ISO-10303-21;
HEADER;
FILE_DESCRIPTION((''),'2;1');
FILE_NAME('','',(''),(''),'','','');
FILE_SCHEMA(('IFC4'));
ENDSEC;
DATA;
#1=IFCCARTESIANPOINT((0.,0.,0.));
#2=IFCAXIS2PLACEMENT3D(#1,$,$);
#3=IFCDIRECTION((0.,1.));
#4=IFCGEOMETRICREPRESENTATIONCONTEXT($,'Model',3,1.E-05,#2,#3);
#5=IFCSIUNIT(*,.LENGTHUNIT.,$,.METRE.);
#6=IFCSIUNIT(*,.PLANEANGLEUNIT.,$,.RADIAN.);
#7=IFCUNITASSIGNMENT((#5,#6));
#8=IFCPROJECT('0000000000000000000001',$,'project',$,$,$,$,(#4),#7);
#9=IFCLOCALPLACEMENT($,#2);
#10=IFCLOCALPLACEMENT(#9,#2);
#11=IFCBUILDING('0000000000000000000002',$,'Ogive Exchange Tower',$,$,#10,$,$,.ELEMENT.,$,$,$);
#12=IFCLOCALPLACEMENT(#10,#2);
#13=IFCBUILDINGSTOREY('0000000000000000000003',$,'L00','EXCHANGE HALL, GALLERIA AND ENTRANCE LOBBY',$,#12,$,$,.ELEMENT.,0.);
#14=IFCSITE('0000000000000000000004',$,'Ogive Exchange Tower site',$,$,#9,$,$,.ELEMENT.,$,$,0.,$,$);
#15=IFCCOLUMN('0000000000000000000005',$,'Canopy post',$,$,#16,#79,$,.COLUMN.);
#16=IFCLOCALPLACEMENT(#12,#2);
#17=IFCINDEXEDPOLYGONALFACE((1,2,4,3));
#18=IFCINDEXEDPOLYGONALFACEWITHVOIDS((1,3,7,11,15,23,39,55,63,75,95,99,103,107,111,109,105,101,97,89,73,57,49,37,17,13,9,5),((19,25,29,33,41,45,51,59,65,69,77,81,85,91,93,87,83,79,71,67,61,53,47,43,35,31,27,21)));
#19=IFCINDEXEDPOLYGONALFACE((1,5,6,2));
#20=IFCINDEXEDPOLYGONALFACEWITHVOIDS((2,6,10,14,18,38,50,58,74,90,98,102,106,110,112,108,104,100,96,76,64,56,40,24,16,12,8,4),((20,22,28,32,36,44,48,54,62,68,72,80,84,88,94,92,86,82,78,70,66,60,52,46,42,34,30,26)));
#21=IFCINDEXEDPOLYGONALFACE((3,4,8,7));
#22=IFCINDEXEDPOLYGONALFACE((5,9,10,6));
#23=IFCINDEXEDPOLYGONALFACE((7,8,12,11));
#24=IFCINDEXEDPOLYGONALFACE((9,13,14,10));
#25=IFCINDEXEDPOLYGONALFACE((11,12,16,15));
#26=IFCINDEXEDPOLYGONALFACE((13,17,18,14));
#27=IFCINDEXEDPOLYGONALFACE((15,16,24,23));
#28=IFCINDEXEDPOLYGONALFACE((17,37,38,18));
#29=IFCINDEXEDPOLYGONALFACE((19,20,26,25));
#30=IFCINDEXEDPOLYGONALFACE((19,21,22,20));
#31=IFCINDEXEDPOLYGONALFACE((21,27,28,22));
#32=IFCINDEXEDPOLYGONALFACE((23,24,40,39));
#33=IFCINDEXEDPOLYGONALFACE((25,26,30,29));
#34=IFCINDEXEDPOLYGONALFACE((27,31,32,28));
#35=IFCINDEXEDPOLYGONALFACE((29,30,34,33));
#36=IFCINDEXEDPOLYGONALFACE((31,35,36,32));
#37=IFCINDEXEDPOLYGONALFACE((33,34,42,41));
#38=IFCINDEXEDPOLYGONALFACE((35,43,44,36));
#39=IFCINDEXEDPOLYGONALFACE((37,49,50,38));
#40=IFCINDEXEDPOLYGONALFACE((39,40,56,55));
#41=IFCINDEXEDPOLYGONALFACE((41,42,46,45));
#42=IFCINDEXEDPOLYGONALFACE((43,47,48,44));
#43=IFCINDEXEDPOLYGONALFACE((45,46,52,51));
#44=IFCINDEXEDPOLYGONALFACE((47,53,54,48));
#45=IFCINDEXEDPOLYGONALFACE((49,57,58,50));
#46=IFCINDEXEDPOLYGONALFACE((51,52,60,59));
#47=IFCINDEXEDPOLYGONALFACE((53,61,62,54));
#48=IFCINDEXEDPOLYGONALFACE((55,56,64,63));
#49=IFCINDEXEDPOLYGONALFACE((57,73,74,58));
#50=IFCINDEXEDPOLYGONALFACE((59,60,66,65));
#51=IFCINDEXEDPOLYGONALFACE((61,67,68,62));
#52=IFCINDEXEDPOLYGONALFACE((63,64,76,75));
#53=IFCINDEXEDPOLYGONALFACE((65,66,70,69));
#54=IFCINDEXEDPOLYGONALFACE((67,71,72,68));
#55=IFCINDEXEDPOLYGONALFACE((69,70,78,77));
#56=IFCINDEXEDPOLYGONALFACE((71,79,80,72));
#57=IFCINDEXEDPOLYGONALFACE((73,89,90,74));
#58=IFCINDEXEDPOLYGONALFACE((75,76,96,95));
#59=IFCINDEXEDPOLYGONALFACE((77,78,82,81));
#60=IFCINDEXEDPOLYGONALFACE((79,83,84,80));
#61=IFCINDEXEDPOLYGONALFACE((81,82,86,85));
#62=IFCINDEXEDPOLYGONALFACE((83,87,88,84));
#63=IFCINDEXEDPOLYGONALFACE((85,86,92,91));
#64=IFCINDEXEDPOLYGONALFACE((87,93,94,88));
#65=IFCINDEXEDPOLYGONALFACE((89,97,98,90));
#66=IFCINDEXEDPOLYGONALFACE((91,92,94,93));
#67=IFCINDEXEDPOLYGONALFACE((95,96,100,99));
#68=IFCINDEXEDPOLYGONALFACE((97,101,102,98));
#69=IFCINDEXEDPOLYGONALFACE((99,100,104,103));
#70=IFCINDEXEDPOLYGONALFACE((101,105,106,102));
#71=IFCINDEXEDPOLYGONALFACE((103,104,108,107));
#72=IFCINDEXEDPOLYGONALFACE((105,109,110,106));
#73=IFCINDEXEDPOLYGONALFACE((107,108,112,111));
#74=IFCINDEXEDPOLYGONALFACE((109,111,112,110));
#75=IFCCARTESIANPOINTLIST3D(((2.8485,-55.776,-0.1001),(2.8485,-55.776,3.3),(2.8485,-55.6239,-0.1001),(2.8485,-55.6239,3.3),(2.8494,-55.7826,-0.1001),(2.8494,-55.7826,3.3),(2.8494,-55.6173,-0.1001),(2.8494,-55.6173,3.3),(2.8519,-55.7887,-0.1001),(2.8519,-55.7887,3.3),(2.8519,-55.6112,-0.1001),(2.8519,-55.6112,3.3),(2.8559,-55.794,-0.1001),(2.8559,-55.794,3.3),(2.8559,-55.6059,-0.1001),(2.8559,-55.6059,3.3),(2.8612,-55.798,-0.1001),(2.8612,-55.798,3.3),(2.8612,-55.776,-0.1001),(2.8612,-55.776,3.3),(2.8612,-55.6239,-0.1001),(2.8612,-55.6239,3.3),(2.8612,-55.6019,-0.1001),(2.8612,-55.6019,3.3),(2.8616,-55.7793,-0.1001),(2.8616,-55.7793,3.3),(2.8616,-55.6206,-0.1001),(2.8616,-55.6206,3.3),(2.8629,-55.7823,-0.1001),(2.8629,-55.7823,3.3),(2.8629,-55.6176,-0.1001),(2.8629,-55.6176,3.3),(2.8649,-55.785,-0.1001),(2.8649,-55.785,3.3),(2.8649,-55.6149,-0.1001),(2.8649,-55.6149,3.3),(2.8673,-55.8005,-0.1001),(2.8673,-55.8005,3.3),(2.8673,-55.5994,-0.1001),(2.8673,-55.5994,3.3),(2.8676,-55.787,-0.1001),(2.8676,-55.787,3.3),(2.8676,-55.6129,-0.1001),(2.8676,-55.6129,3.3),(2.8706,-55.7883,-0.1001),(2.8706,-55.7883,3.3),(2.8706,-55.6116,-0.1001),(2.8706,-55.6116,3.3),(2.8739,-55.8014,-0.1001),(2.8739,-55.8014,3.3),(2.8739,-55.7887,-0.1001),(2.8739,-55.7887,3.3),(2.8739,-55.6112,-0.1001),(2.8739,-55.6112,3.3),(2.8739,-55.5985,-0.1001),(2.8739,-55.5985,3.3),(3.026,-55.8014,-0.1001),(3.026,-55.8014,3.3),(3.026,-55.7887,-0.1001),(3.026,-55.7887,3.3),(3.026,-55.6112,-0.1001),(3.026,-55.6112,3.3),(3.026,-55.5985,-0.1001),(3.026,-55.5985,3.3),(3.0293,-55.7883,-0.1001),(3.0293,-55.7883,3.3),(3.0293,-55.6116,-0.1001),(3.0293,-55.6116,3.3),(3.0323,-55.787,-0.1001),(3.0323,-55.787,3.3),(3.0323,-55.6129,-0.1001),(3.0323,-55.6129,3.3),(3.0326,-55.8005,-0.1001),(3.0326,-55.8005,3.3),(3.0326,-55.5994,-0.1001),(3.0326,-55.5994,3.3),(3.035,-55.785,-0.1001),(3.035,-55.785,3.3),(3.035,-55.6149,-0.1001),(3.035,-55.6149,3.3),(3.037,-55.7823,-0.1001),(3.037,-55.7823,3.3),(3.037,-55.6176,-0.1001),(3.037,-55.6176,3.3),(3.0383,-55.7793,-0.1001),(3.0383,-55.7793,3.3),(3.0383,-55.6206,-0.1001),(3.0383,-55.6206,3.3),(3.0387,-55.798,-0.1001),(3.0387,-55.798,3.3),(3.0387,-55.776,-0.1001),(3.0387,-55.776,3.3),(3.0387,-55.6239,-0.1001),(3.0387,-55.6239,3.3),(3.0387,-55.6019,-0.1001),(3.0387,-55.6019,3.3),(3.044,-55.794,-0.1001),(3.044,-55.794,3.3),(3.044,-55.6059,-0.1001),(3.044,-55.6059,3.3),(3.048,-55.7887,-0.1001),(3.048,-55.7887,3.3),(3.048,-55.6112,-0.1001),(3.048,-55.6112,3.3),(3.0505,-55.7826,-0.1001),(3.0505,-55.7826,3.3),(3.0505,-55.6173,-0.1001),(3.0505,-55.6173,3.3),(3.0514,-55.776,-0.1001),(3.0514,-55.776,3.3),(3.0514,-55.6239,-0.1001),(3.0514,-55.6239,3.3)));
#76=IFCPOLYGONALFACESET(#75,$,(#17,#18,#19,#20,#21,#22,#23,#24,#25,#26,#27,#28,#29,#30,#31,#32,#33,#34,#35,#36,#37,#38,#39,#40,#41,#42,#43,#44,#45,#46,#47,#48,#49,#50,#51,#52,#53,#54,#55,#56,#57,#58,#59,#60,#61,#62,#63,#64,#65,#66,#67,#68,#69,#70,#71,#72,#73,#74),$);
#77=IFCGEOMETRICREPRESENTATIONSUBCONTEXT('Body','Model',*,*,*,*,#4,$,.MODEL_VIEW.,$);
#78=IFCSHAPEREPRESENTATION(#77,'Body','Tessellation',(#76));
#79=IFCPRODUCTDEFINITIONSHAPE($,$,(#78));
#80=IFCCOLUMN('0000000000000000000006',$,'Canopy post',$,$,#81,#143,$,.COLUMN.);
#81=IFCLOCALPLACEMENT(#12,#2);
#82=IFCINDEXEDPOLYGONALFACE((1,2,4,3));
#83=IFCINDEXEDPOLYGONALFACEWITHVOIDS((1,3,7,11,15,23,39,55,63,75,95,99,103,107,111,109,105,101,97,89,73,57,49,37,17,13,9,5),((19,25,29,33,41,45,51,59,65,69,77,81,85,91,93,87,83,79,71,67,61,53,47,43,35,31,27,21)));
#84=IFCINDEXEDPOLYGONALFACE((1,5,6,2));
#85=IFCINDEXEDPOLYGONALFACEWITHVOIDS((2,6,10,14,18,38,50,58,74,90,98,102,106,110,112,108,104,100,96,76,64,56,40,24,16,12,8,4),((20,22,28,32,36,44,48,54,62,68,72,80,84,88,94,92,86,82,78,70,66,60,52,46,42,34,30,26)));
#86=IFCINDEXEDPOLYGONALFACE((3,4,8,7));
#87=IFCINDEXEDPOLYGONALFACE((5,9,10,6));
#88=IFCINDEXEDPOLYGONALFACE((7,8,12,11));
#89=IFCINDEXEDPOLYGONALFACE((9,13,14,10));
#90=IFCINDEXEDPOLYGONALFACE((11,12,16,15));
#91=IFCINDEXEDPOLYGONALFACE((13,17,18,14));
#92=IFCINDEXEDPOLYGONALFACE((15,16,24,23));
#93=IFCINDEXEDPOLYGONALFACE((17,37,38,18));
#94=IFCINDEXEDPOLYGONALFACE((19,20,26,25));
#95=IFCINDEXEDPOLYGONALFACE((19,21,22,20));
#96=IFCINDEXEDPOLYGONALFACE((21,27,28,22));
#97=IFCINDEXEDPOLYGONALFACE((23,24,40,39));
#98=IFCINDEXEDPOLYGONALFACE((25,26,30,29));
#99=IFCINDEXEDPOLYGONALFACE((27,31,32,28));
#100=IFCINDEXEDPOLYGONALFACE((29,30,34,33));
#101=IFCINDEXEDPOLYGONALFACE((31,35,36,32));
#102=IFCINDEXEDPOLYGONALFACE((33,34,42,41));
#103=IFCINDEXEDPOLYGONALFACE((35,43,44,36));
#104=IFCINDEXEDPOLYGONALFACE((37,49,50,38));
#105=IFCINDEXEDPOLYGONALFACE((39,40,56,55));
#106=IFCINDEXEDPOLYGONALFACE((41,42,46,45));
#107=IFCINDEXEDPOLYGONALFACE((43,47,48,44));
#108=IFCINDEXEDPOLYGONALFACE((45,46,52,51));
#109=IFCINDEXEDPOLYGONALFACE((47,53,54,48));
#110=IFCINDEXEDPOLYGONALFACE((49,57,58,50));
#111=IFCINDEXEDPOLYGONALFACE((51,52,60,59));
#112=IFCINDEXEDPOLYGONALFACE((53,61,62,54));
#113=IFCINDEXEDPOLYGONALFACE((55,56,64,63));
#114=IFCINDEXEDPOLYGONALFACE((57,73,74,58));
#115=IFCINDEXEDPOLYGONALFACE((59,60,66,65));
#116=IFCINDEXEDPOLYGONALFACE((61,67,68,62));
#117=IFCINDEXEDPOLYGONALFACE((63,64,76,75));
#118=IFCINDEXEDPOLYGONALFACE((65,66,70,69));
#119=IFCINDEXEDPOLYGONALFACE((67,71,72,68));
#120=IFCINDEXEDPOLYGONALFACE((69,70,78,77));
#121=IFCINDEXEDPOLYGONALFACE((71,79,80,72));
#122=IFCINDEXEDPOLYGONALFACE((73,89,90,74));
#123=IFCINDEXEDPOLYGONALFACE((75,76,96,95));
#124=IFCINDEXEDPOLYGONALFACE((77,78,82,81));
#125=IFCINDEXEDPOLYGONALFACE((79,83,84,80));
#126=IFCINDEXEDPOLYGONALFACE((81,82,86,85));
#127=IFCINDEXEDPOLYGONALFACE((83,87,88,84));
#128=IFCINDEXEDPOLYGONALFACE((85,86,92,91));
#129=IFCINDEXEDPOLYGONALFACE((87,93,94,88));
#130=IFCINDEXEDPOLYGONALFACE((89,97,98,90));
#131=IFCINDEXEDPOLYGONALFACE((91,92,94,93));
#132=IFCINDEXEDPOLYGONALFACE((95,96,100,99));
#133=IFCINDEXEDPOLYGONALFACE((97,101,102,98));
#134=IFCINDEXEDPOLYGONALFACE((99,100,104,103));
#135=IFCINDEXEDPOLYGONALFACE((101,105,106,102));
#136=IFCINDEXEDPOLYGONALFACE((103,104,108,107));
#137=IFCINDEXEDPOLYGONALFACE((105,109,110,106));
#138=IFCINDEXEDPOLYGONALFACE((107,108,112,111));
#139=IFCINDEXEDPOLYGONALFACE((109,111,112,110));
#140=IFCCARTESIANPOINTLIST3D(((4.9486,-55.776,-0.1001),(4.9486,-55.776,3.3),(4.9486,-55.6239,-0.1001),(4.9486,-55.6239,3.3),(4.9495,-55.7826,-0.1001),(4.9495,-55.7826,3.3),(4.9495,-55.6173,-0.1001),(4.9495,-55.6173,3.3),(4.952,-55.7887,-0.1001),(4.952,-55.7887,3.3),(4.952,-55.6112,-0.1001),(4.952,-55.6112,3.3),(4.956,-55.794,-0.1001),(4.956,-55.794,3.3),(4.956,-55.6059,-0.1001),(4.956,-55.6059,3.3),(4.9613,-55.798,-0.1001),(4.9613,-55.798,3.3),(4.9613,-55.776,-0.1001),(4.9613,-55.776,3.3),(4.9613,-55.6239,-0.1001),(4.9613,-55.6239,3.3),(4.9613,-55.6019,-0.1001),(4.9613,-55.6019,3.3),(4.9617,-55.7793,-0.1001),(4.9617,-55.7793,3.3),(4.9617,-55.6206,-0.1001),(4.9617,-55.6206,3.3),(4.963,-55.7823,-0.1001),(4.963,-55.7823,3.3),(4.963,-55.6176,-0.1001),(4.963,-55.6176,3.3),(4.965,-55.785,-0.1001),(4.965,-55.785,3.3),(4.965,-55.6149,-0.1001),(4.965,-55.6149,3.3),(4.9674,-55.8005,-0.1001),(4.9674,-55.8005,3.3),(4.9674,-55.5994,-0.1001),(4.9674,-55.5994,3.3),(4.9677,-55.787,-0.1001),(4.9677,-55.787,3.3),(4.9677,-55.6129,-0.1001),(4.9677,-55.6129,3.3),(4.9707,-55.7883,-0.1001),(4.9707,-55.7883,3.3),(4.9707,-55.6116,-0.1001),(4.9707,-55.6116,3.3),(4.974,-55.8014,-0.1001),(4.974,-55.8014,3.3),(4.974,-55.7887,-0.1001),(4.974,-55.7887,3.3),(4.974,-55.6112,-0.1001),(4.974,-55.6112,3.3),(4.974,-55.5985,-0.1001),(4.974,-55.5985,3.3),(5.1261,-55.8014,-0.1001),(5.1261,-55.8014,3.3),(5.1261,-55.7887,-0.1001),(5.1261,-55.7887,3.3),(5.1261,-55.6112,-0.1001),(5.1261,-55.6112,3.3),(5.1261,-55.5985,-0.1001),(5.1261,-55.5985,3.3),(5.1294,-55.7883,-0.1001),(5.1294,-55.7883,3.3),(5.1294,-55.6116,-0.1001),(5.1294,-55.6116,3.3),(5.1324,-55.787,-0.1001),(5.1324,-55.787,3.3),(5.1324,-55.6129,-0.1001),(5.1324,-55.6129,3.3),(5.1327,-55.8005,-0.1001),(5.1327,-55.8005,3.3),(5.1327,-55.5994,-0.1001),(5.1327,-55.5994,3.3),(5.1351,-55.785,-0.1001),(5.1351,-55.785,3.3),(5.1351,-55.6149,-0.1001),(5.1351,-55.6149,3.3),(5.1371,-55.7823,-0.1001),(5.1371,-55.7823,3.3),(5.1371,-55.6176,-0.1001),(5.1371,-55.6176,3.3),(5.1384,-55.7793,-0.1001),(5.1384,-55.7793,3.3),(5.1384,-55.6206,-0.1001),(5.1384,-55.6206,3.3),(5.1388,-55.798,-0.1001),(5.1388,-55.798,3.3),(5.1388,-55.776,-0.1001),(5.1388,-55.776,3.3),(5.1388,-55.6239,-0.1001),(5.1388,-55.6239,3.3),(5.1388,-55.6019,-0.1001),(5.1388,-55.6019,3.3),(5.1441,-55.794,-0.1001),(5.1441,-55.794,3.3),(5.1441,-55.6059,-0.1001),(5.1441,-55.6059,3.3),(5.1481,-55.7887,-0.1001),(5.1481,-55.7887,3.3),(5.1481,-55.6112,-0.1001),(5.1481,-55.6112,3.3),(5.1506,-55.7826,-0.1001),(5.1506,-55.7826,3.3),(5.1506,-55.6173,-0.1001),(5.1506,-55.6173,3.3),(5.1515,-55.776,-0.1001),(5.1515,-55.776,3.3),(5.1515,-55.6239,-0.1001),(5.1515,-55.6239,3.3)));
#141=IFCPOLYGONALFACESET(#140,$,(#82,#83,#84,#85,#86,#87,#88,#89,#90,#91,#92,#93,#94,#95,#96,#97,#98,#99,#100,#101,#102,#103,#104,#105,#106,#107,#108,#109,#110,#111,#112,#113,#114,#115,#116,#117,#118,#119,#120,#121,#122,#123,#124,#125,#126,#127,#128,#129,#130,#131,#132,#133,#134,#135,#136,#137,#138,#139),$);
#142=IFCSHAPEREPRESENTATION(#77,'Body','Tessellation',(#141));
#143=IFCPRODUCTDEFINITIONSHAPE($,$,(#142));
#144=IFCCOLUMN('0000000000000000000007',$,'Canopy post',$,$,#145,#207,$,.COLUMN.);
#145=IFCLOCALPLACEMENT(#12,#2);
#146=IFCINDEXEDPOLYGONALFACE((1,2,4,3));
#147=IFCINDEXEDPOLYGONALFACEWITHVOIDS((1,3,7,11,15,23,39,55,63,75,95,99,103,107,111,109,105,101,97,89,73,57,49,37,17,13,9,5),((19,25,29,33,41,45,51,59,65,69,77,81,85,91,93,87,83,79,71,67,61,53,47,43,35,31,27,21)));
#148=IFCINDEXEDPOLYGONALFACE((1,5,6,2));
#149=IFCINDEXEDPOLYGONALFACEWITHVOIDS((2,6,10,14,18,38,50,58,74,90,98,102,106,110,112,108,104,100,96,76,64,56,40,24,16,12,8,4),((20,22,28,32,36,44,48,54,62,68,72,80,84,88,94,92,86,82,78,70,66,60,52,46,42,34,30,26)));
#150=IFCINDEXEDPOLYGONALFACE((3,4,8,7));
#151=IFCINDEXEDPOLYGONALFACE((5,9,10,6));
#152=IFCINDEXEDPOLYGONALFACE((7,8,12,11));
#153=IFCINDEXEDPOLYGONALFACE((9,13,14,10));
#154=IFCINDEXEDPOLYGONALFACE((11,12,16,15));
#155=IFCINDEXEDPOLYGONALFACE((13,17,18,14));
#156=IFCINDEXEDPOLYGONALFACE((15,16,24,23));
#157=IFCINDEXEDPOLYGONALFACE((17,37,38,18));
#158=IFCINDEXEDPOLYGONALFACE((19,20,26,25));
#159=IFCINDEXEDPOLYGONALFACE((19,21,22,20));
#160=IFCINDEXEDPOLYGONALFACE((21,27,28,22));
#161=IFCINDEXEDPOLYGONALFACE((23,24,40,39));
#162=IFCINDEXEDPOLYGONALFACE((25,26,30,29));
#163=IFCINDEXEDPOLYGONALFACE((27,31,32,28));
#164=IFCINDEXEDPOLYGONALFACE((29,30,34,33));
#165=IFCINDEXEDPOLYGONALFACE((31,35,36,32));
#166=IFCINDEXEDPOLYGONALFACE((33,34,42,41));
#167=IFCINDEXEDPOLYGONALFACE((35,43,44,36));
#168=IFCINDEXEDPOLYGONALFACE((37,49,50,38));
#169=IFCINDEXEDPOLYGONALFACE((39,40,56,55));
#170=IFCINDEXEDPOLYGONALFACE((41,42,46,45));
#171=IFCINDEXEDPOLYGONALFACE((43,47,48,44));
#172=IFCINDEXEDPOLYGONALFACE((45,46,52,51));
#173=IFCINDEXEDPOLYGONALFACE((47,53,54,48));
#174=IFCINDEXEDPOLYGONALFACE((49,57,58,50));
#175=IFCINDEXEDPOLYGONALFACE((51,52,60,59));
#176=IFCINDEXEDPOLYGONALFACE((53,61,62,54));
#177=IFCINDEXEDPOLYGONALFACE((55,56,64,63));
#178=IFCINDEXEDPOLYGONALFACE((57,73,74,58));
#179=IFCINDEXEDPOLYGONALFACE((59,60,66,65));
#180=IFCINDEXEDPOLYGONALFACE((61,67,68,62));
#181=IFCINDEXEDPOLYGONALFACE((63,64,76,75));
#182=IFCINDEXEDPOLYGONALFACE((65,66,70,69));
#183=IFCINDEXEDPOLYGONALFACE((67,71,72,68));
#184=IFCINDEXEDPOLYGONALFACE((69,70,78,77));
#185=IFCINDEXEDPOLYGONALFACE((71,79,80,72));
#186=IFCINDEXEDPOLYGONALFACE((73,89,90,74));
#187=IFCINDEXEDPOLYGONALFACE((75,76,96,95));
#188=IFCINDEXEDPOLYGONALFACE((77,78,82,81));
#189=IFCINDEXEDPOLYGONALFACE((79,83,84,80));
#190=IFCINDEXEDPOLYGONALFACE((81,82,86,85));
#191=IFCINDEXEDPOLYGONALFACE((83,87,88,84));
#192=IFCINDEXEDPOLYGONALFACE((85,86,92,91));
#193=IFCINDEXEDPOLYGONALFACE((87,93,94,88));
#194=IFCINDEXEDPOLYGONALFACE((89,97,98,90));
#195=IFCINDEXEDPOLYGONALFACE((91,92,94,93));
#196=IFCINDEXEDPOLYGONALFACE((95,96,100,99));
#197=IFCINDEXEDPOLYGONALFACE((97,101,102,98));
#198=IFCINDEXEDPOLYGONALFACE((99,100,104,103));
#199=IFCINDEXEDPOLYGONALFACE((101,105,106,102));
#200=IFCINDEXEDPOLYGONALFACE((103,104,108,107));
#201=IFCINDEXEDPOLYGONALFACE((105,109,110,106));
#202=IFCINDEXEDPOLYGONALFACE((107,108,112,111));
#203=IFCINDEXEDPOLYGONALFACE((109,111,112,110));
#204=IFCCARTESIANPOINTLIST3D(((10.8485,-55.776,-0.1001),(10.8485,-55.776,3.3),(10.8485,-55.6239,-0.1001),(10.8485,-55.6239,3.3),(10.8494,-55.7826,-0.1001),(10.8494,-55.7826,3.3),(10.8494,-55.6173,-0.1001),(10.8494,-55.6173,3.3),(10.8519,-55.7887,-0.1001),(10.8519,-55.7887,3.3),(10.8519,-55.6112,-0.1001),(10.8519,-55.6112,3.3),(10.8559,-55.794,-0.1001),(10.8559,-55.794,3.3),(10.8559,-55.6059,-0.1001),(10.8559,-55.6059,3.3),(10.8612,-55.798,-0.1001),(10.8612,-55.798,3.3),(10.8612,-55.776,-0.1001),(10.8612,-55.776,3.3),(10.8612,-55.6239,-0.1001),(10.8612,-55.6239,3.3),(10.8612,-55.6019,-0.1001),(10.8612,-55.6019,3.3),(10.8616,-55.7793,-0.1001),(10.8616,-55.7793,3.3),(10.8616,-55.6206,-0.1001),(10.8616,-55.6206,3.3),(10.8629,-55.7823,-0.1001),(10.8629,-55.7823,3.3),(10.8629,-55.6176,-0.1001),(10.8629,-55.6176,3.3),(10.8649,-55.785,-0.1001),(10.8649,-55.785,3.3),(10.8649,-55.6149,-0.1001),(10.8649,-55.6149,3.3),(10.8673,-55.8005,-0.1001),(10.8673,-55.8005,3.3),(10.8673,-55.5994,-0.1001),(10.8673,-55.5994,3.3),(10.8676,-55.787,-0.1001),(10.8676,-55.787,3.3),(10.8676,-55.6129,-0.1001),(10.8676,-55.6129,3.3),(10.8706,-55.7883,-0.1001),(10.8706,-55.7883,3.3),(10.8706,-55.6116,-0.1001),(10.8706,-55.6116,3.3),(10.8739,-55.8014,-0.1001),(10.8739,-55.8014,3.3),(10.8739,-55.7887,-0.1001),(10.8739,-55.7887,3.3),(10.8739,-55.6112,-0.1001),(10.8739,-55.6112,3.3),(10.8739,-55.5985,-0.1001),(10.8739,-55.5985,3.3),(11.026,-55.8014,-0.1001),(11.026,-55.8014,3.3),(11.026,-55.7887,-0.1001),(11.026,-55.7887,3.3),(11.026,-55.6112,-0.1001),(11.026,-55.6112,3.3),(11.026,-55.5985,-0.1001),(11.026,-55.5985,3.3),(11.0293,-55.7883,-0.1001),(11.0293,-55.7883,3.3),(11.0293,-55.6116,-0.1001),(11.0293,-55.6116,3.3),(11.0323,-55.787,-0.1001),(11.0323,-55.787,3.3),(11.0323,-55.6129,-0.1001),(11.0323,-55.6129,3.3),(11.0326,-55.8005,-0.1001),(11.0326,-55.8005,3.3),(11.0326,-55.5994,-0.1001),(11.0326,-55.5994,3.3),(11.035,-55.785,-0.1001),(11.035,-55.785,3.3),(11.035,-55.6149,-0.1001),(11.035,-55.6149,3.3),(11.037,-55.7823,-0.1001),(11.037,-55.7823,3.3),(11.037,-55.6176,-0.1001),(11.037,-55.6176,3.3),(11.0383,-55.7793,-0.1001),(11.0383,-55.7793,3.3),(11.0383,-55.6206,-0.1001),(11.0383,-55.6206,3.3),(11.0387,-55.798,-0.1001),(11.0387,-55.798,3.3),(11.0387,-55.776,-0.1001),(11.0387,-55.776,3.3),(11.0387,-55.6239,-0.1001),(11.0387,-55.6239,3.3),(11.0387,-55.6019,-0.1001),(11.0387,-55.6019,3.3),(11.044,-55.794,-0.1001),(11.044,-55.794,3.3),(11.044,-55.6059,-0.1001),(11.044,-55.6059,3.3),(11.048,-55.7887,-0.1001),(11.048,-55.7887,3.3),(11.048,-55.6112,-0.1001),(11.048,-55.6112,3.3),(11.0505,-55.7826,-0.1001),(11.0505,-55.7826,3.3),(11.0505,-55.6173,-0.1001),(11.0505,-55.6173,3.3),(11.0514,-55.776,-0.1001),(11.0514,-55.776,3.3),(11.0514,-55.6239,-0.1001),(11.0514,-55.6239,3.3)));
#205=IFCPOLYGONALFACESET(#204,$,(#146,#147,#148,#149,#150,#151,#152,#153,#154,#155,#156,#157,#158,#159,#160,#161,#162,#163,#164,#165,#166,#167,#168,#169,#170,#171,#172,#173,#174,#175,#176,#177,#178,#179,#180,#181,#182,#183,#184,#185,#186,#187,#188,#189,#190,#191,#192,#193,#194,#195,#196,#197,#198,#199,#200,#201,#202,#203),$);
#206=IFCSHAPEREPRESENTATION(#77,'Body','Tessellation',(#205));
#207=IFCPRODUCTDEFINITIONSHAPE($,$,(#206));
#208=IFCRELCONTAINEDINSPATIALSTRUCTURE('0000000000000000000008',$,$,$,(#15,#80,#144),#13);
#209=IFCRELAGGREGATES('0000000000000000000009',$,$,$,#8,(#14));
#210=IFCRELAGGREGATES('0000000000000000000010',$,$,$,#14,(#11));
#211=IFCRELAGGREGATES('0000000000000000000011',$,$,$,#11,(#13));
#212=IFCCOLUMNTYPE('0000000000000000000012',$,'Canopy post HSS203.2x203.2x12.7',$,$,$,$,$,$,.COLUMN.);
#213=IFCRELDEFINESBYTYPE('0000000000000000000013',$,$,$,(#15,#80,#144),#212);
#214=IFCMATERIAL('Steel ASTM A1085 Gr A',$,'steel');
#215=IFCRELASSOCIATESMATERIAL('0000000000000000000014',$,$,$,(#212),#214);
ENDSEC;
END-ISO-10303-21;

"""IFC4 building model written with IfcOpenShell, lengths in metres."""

from ifc_helpers import new_model, si_unit, direction, frame, origin, origin_2d, place, context, subcontext, project, spatial, hollow_rectangle, extrude, material, material_profile, profile_set, type_object, element, save


model = new_model("IFC4")

# Units and contexts
model_context = context("Model", 3, precision=1e-05, world=origin(), true_north=direction((0.0, 1.0)))
body_context = subcontext(model_context, "Body", "Model", "MODEL_VIEW")
ifc_project = project(units=[si_unit("LENGTHUNIT", "METRE"), si_unit("PLANEANGLEUNIT", "RADIAN")], contexts=[model_context])

# Site, building, storey
site_placement = place(None, origin())
site = spatial("IfcSite", under=ifc_project, at=site_placement, Name="Ogive Exchange Tower site", CompositionType="ELEMENT", RefElevation=0.0)
building_placement = place(site_placement, origin())
building = spatial("IfcBuilding", under=site, at=building_placement, Name="Ogive Exchange Tower", CompositionType="ELEMENT")
storey_placement = place(building_placement, origin())
storey = spatial("IfcBuildingStorey", under=building, at=storey_placement, Name="L00", Description="EXCHANGE HALL, GALLERIA AND ENTRANCE LOBBY", CompositionType="ELEMENT", Elevation=0.0)

# Columns
ifc_material_1 = material(Name="Steel ASTM A1085 Gr A", Category="steel")
ifc_material_profile_1 = material_profile(ifc_material_1, hollow_rectangle(XDim=0.2029, YDim=0.2029, WallThickness=0.0127, InnerFilletRadius=0.0127, OuterFilletRadius=0.0254, at=origin_2d()), Name="HSS203.2x203.2x12.7")
ifc_profile_set_1 = profile_set([ifc_material_profile_1], Name="Steel ASTM A1085 Gr A")
column_type_1 = type_object("IfcColumnType", Name="Canopy post HSS203.2x203.2x12.7", PredefinedType="COLUMN", material=ifc_profile_set_1)
for number, where, z_axis, x_axis, name in (
    (1, (2.95, -55.7, -0.1001), (0.0, 0.0, 1.0), (1.0, 0.0, 0.0), "Canopy post"),
    (2, (5.05, -55.7, -0.1001), (0.0, 0.0, 1.0), (1.0, 0.0, 0.0), "Canopy post"),
    (3, (10.95, -55.7, -0.1001), (0.0, 0.0, 1.0), (1.0, 0.0, 0.0), "Canopy post"),
):
    element("IfcColumn", number, at=place(storey_placement, frame(where, z_axis=z_axis, x_axis=x_axis)), inside=storey, type_object=column_type_1, Name=name, PredefinedType="COLUMN", context=body_context, shape_type="SweptSolid", body=[
        extrude(hollow_rectangle(XDim=0.2029, YDim=0.2029, WallThickness=0.0127, InnerFilletRadius=0.0127, OuterFilletRadius=0.0254, at=origin_2d()), origin(), (0.0, 0.0, 1.0), 3.4001),
    ])

save(model, "model.ifc")
